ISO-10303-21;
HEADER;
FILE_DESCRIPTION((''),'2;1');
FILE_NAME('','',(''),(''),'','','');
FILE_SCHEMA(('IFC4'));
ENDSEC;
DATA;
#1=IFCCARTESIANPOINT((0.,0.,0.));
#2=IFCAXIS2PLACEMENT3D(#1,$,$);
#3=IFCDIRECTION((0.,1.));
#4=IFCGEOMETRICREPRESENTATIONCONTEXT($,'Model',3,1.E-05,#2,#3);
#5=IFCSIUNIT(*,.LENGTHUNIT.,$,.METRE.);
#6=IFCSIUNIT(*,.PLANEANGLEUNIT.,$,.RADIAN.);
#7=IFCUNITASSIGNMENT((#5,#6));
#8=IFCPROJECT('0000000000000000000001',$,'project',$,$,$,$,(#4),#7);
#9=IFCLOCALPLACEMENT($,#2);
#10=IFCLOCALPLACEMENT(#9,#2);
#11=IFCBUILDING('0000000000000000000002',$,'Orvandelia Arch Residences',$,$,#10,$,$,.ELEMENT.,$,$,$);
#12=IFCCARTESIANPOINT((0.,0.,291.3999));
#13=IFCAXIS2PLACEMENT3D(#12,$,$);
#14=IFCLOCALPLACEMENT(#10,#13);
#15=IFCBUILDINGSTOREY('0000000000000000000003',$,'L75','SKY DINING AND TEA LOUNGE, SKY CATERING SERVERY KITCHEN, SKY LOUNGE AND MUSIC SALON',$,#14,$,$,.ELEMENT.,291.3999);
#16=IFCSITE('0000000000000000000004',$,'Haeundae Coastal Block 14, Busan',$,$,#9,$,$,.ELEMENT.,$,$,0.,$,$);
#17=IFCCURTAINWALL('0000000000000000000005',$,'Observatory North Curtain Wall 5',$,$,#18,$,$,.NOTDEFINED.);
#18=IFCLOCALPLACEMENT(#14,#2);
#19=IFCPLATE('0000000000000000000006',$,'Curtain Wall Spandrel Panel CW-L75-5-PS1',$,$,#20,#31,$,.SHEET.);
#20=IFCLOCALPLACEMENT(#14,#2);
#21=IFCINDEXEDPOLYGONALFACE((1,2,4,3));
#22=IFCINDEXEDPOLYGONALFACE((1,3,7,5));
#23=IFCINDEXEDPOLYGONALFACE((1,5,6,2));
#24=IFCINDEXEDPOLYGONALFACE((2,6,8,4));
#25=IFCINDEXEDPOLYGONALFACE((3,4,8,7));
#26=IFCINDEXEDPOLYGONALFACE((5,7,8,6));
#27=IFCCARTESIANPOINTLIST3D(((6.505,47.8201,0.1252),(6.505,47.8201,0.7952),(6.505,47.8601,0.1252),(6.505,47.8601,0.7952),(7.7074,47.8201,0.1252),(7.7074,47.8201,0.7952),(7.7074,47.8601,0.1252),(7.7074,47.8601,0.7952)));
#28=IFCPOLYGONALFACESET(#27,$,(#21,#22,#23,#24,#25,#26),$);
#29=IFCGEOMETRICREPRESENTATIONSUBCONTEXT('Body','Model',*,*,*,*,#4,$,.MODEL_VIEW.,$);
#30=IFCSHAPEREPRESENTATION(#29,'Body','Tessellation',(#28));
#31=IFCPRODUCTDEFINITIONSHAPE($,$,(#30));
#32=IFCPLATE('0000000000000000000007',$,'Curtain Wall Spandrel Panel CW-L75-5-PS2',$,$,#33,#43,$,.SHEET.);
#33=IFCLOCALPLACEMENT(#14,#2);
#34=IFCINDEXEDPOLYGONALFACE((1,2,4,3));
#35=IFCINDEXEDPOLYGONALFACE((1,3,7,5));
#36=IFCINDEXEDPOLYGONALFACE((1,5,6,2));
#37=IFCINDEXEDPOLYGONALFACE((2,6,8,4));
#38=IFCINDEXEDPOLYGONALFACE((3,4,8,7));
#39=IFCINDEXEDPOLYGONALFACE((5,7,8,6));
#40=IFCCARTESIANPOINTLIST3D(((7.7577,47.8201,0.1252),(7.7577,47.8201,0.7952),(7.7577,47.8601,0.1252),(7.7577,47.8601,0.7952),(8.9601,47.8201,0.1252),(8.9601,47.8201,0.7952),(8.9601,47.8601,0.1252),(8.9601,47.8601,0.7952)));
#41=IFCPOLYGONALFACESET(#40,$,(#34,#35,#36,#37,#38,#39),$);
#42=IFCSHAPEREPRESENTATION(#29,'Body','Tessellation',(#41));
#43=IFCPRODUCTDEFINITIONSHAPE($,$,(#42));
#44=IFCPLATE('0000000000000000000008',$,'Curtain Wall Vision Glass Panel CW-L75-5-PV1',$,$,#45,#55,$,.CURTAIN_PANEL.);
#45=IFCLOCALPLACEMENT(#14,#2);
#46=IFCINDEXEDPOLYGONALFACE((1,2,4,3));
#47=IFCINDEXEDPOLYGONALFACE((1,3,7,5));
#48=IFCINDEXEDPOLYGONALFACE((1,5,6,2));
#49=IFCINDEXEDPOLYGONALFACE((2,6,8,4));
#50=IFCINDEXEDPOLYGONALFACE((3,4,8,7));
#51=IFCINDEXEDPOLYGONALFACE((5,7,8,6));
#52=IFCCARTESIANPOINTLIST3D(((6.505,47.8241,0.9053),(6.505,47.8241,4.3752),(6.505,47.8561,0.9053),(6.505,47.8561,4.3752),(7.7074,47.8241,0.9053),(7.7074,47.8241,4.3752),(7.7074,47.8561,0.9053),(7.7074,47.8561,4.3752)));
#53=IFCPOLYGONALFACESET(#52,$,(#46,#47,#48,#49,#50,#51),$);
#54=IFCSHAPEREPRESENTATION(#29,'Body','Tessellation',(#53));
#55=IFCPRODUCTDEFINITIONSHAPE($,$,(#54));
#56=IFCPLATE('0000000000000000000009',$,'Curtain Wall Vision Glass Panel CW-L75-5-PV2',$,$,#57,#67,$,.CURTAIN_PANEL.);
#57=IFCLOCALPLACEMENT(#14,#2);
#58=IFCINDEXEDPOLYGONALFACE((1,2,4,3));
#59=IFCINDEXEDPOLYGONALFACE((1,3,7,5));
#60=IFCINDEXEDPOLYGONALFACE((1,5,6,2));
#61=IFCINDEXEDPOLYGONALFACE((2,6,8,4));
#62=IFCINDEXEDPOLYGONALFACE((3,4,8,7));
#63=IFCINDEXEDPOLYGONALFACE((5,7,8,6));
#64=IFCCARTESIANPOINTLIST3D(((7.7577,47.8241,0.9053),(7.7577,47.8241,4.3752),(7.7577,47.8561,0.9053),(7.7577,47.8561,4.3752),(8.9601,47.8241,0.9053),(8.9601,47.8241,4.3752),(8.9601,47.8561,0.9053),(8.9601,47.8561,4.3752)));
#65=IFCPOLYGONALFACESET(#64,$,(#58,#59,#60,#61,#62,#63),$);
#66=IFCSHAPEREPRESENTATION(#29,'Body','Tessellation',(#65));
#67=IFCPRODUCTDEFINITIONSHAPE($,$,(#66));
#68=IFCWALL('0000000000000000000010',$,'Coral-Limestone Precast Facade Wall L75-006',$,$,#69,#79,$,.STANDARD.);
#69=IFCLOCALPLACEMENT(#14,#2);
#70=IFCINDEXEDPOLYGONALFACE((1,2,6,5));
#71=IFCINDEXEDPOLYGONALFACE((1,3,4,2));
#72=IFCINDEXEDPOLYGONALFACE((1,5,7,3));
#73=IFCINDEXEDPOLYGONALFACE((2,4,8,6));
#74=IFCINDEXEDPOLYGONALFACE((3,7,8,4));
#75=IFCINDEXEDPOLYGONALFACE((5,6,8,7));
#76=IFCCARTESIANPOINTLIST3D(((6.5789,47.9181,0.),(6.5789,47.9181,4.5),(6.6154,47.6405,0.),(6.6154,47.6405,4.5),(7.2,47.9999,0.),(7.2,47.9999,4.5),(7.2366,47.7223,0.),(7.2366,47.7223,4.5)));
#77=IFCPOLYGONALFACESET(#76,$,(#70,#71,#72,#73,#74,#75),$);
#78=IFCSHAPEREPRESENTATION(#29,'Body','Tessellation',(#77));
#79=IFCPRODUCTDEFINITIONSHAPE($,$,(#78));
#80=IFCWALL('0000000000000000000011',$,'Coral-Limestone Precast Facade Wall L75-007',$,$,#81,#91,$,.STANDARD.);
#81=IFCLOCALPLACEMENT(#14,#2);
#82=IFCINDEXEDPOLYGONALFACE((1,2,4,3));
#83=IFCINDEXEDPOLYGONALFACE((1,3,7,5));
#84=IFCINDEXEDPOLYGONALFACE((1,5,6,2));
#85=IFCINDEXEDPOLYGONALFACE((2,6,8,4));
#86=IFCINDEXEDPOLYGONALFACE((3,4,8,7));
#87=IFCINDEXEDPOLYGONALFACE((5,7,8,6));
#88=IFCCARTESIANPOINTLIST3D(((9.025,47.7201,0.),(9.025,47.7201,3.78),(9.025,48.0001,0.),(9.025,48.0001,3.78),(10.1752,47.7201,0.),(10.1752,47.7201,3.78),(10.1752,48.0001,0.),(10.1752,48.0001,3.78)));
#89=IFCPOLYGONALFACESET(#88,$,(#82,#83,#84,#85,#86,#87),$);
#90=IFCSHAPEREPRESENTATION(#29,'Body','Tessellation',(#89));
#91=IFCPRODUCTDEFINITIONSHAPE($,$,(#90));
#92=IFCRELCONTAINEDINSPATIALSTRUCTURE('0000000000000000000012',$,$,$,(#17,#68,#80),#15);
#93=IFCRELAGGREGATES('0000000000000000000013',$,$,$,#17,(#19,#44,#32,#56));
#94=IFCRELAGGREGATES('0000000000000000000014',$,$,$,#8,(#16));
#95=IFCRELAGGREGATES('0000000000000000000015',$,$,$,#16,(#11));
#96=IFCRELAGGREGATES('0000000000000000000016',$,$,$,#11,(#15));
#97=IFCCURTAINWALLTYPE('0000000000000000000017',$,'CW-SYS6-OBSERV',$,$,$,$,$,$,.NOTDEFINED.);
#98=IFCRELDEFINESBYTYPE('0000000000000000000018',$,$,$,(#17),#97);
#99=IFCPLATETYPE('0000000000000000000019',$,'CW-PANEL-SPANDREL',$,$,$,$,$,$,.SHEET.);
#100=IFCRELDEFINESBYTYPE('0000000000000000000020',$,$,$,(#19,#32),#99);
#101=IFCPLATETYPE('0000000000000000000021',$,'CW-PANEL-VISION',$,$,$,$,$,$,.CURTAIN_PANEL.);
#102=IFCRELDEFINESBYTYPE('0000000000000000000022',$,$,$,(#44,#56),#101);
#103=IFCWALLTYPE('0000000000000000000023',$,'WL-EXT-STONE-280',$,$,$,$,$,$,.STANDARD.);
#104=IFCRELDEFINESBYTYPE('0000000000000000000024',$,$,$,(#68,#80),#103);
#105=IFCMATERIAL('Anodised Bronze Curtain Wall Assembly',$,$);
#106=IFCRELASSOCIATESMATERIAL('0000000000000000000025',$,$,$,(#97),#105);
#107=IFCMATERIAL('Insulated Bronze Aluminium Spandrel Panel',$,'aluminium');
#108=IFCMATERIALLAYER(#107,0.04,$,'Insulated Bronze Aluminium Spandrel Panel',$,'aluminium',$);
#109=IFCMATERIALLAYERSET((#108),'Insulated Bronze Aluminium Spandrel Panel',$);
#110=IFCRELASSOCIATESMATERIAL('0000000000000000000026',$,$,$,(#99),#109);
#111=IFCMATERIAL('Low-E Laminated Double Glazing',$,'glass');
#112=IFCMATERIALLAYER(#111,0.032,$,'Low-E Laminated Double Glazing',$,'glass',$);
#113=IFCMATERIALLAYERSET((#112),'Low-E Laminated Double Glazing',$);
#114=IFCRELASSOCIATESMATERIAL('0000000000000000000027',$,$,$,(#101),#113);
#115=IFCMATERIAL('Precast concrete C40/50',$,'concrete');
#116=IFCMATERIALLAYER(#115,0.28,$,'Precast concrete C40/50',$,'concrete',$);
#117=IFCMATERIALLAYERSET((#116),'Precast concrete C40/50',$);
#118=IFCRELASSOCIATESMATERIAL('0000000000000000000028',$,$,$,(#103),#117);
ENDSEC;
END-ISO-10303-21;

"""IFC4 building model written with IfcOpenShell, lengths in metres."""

from ifc_helpers import new_model, si_unit, direction, frame, frame_2d, origin, origin_2d, place, context, subcontext, project, spatial, rectangle, extrude, material, layer, layer_set, type_object, element, aggregate, save


model = new_model("IFC4")

# Units and contexts
model_context = context("Model", 3, precision=1e-05, world=origin(), true_north=direction((0.0, 1.0)))
body_context = subcontext(model_context, "Body", "Model", "MODEL_VIEW")
ifc_project = project(units=[si_unit("LENGTHUNIT", "METRE"), si_unit("PLANEANGLEUNIT", "RADIAN")], contexts=[model_context])

# Site, building, storey
site_placement = place(None, origin())
site = spatial("IfcSite", under=ifc_project, at=site_placement, Name="Haeundae Coastal Block 14, Busan", CompositionType="ELEMENT", RefElevation=0.0)
building_placement = place(site_placement, origin())
building = spatial("IfcBuilding", under=site, at=building_placement, Name="Orvandelia Arch Residences", CompositionType="ELEMENT")
storey_placement = place(building_placement, frame((0.0, 0.0, 291.3999)))
storey = spatial("IfcBuildingStorey", under=building, at=storey_placement, Name="L75", Description="SKY DINING AND TEA LOUNGE, SKY CATERING SERVERY KITCHEN, SKY LOUNGE AND MUSIC SALON", CompositionType="ELEMENT", Elevation=291.3999)

# Curtain wall, plates
ifc_material_1 = material(Name="Anodised Bronze Curtain Wall Assembly")
curtain_wall_type = type_object("IfcCurtainWallType", Name="CW-SYS6-OBSERV", PredefinedType="NOTDEFINED", material=ifc_material_1)
curtain_wall_placement = place(storey_placement, origin())
curtain_wall = element("IfcCurtainWall", 1, at=curtain_wall_placement, inside=storey, type_object=curtain_wall_type, Name="Observatory North Curtain Wall 5", PredefinedType="NOTDEFINED")
ifc_material_2 = material(Name="Insulated Bronze Aluminium Spandrel Panel", Category="aluminium")
ifc_layer_1 = layer(ifc_material_2, 0.04, Name="Insulated Bronze Aluminium Spandrel Panel", Category="aluminium")
ifc_layer_set_1 = layer_set([ifc_layer_1], Name="Insulated Bronze Aluminium Spandrel Panel")
plate_type_1 = type_object("IfcPlateType", Name="CW-PANEL-SPANDREL", PredefinedType="SHEET", material=ifc_layer_set_1)
plate_1_placement = place(storey_placement, frame((7.1062, 47.8401, 0.1252), z_axis=(0.0, 0.0, 1.0), x_axis=(1.0, 0.0, 0.0)))
plate_1 = element("IfcPlate", 2, at=plate_1_placement, type_object=plate_type_1, Name="Curtain Wall Spandrel Panel CW-L75-5-PS1", PredefinedType="SHEET", context=body_context, shape_type="SweptSolid", body=[
    extrude(rectangle(XDim=1.2024, YDim=0.04, at=origin_2d()), origin(), (0.0, 0.0, 1.0), 0.6699),
])
plate_2_placement = place(storey_placement, frame((8.3589, 47.8401, 0.1252), z_axis=(0.0, 0.0, 1.0), x_axis=(1.0, 0.0, 0.0)))
plate_2 = element("IfcPlate", 3, at=plate_2_placement, type_object=plate_type_1, Name="Curtain Wall Spandrel Panel CW-L75-5-PS2", PredefinedType="SHEET", context=body_context, shape_type="SweptSolid", body=[
    extrude(rectangle(XDim=1.2024, YDim=0.04, at=origin_2d()), origin(), (0.0, 0.0, 1.0), 0.6699),
])
ifc_material_3 = material(Name="Low-E Laminated Double Glazing", Category="glass")
ifc_layer_2 = layer(ifc_material_3, 0.032, Name="Low-E Laminated Double Glazing", Category="glass")
ifc_layer_set_2 = layer_set([ifc_layer_2], Name="Low-E Laminated Double Glazing")
plate_type_2 = type_object("IfcPlateType", Name="CW-PANEL-VISION", PredefinedType="CURTAIN_PANEL", material=ifc_layer_set_2)
plate_3_placement = place(storey_placement, frame((7.1062, 47.8401, 0.9053), z_axis=(0.0, 0.0, 1.0), x_axis=(1.0, 0.0, 0.0)))
plate_3 = element("IfcPlate", 4, at=plate_3_placement, type_object=plate_type_2, Name="Curtain Wall Vision Glass Panel CW-L75-5-PV1", PredefinedType="CURTAIN_PANEL", context=body_context, shape_type="SweptSolid", body=[
    extrude(rectangle(XDim=1.2024, YDim=0.032, at=origin_2d()), origin(), (0.0, 0.0, 1.0), 3.47),
])
plate_4_placement = place(storey_placement, frame((8.3589, 47.8401, 0.9053), z_axis=(0.0, 0.0, 1.0), x_axis=(1.0, 0.0, 0.0)))
plate_4 = element("IfcPlate", 5, at=plate_4_placement, type_object=plate_type_2, Name="Curtain Wall Vision Glass Panel CW-L75-5-PV2", PredefinedType="CURTAIN_PANEL", context=body_context, shape_type="SweptSolid", body=[
    extrude(rectangle(XDim=1.2024, YDim=0.032, at=origin_2d()), origin(), (0.0, 0.0, 1.0), 3.47),
])
aggregate(curtain_wall, [plate_1, plate_3, plate_2, plate_4])

# Walls
ifc_material_4 = material(Name="Precast concrete C40/50", Category="concrete")
ifc_layer_3 = layer(ifc_material_4, 0.28, Name="Precast concrete C40/50", Category="concrete")
ifc_layer_set_3 = layer_set([ifc_layer_3], Name="Precast concrete C40/50")
wall_type = type_object("IfcWallType", Name="WL-EXT-STONE-280", PredefinedType="STANDARD", material=ifc_layer_set_3)
wall_1_placement = place(storey_placement, frame((6.5972, 47.7793, 0.0), z_axis=(0.0, 0.0, 1.0), x_axis=(0.991441, 0.130555, 0.0)))
element("IfcWall", 6, at=wall_1_placement, inside=storey, type_object=wall_type, Name="Coral-Limestone Precast Facade Wall L75-006", PredefinedType="STANDARD", context=body_context, shape_type="SweptSolid", body=[
    extrude(rectangle(XDim=0.6265, YDim=0.28, at=frame_2d((0.3132, 0.0))), origin(), (0.0, 0.0, 1.0), 4.5),
])
wall_2_placement = place(storey_placement, frame((9.0249, 47.8601, 0.0), z_axis=(0.0, 0.0, 1.0), x_axis=(1.0, 0.0, 0.0)))
element("IfcWall", 7, at=wall_2_placement, inside=storey, type_object=wall_type, Name="Coral-Limestone Precast Facade Wall L75-007", PredefinedType="STANDARD", context=body_context, shape_type="SweptSolid", body=[
    extrude(rectangle(XDim=1.1501, YDim=0.28, at=frame_2d((0.5752, 0.0))), origin(), (0.0, 0.0, 1.0), 3.78),
])

save(model, "model.ifc")
